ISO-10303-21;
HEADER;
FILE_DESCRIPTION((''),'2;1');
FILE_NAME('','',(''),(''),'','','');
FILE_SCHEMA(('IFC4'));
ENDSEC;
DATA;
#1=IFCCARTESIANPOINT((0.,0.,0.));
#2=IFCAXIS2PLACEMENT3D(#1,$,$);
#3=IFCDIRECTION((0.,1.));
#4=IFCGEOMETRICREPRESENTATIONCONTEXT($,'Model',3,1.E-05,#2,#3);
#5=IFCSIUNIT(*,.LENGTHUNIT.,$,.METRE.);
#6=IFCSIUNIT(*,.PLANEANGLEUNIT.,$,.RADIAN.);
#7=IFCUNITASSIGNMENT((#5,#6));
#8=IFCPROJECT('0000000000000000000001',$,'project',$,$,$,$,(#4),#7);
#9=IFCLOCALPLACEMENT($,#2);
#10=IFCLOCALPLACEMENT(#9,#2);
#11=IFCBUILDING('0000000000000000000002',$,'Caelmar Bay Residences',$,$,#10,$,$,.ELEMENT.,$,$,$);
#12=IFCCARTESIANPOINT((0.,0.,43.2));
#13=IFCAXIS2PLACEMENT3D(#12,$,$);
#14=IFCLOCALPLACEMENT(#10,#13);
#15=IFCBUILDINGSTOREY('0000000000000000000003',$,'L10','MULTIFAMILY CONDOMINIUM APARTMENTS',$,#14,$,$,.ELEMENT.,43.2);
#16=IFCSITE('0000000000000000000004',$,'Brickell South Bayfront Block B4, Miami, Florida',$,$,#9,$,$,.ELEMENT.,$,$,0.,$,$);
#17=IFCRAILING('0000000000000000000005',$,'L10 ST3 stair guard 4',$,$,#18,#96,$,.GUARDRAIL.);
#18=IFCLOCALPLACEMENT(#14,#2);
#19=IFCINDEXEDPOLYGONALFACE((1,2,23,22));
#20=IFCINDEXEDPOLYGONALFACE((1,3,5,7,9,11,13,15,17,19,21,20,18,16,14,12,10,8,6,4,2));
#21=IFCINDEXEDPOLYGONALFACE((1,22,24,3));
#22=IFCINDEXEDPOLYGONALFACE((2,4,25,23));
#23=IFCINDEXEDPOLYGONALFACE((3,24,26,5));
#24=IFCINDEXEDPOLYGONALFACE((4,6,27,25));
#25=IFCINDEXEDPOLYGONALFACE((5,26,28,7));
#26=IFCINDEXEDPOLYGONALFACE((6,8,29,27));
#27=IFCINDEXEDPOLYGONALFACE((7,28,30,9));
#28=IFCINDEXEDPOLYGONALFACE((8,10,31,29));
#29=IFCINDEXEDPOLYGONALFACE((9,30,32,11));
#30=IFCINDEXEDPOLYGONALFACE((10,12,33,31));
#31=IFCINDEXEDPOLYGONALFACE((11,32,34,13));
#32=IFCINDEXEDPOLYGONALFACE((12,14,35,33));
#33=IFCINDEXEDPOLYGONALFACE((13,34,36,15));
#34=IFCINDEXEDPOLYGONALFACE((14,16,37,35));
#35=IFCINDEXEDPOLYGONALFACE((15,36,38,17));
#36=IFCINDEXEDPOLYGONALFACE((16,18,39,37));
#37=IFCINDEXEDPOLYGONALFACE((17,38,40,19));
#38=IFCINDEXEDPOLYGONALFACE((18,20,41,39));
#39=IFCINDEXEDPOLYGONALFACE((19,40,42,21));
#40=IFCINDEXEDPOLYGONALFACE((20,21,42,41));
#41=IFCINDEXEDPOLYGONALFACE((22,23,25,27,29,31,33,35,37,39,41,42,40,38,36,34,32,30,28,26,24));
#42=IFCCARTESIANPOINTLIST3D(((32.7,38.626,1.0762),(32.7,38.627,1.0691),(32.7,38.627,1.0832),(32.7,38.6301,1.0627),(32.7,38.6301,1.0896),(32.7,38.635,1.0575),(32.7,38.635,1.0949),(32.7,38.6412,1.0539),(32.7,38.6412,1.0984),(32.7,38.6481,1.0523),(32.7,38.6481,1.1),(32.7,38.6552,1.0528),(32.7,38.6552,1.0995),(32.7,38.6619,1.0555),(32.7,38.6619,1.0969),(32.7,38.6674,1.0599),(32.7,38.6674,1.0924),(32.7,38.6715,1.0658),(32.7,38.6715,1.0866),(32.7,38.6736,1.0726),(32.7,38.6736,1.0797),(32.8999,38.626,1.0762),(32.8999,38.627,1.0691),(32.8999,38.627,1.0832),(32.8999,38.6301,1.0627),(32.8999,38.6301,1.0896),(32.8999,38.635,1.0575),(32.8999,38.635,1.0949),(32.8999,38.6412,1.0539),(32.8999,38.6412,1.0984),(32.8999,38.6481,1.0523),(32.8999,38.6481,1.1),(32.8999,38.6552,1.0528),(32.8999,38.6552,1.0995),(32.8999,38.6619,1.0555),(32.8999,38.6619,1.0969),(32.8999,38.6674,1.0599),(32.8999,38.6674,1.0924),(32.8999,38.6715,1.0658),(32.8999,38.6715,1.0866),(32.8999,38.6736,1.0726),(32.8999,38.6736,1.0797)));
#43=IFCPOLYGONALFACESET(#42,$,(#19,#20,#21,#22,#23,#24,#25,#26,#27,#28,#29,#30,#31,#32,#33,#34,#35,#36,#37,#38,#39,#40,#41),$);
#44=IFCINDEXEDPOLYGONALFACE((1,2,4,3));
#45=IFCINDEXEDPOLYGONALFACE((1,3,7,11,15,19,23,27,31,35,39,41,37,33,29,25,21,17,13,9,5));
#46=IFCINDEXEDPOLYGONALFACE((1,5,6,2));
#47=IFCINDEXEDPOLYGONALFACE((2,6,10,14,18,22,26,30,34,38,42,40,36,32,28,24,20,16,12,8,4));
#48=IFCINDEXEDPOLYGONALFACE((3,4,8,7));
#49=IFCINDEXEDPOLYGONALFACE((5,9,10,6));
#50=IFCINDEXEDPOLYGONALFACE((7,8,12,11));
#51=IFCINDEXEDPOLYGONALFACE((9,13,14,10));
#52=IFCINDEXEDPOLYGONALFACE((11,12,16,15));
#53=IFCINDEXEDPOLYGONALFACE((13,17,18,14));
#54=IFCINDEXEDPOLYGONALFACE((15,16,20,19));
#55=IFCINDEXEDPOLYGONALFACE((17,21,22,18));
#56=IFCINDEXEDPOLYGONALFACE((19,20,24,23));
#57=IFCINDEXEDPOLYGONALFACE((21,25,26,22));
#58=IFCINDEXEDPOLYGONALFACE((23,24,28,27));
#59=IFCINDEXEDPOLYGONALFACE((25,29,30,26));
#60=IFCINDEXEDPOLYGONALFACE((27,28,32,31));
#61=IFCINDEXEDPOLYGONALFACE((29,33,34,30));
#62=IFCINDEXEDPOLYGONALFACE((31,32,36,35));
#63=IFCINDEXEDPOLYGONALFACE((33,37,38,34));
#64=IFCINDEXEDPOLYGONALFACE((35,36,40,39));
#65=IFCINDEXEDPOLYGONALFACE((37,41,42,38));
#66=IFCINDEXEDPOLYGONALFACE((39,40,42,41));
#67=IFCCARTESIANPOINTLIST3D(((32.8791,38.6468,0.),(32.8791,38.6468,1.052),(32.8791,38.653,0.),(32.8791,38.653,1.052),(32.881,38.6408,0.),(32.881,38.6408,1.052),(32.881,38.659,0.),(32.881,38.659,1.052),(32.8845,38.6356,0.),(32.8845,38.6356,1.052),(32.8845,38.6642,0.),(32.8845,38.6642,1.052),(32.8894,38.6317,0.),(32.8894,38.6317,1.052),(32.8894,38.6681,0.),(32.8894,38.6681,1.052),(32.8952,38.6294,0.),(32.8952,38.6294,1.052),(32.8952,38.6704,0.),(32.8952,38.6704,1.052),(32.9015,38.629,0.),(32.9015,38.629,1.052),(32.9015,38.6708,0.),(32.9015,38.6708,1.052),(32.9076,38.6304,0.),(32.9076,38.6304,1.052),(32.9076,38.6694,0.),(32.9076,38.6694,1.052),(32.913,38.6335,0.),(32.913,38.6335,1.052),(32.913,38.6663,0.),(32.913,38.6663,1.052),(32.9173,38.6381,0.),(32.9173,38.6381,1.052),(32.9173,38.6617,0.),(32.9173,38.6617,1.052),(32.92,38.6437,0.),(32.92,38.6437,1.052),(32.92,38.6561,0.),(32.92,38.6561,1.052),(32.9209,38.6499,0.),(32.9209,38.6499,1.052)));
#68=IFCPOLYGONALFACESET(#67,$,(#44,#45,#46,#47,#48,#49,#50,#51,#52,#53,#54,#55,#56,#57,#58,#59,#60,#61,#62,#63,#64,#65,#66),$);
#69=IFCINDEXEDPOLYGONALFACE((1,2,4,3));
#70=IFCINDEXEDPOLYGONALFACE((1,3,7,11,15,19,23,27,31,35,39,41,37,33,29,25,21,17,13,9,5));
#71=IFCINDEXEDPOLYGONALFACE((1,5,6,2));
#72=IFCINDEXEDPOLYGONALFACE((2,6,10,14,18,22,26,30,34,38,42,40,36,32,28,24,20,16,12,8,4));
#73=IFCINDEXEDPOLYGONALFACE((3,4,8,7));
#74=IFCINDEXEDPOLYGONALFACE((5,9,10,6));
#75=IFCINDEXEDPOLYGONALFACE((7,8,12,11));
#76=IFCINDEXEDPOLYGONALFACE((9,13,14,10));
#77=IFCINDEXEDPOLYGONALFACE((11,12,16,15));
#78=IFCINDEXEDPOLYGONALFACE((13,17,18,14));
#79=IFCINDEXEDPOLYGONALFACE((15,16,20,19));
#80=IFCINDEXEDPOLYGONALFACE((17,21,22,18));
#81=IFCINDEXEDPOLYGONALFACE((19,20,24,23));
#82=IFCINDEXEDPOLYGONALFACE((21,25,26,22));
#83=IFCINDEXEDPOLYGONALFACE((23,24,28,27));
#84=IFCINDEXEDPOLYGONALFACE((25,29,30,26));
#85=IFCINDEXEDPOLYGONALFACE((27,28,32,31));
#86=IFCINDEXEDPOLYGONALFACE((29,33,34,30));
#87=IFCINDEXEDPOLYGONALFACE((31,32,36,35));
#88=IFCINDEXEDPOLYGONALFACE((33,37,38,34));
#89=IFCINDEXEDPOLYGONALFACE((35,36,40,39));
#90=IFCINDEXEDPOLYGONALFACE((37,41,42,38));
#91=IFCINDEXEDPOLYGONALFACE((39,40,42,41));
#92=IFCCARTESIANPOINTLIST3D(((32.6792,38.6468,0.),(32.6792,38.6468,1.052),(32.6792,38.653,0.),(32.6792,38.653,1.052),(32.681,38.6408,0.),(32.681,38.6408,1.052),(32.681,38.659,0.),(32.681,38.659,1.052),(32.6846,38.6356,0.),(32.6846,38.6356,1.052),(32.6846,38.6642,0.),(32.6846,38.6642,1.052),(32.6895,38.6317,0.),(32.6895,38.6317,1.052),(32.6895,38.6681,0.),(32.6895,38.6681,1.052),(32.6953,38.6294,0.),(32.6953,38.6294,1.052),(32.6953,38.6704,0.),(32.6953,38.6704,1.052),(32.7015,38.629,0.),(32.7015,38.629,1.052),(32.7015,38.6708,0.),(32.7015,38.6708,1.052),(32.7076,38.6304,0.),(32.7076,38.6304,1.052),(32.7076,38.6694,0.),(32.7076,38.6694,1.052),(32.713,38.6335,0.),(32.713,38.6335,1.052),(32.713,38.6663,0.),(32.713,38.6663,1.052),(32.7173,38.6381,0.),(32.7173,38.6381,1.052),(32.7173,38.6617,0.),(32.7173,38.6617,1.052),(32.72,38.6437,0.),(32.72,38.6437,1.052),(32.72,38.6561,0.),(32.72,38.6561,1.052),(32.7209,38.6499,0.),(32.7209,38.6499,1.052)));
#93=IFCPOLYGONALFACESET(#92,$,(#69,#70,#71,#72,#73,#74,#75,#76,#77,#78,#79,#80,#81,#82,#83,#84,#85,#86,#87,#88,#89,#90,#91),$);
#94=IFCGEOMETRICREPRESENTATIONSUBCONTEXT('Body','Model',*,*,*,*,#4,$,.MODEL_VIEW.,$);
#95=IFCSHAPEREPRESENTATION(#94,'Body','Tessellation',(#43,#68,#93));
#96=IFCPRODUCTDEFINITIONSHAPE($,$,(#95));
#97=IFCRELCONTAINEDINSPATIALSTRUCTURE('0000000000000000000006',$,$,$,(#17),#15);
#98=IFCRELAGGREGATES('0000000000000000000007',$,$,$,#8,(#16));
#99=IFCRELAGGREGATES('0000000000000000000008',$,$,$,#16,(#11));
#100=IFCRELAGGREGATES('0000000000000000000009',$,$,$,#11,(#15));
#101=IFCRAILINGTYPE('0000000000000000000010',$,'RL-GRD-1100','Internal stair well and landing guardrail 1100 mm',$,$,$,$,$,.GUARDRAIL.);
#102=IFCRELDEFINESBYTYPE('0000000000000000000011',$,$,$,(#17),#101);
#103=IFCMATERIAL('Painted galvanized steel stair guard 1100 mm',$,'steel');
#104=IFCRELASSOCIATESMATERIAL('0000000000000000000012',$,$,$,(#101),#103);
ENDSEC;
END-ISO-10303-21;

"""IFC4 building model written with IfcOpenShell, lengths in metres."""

from ifc_helpers import new_model, si_unit, direction, frame, origin, origin_2d, place, context, subcontext, project, spatial, circle, extrude, material, type_object, element, save


model = new_model("IFC4")

# Units and contexts
model_context = context("Model", 3, precision=1e-05, world=origin(), true_north=direction((0.0, 1.0)))
body_context = subcontext(model_context, "Body", "Model", "MODEL_VIEW")
ifc_project = project(units=[si_unit("LENGTHUNIT", "METRE"), si_unit("PLANEANGLEUNIT", "RADIAN")], contexts=[model_context])

# Site, building, storey
site_placement = place(None, origin())
site = spatial("IfcSite", under=ifc_project, at=site_placement, Name="Brickell South Bayfront Block B4, Miami, Florida", CompositionType="ELEMENT", RefElevation=0.0)
building_placement = place(site_placement, origin())
building = spatial("IfcBuilding", under=site, at=building_placement, Name="Caelmar Bay Residences", CompositionType="ELEMENT")
storey_placement = place(building_placement, frame((0.0, 0.0, 43.2)))
storey = spatial("IfcBuildingStorey", under=building, at=storey_placement, Name="L10", Description="MULTIFAMILY CONDOMINIUM APARTMENTS", CompositionType="ELEMENT", Elevation=43.2)

# Railing
ifc_material_1 = material(Name="Painted galvanized steel stair guard 1100 mm", Category="steel")
railing_type_1 = type_object("IfcRailingType", Name="RL-GRD-1100", Description="Internal stair well and landing guardrail 1100 mm", PredefinedType="GUARDRAIL", material=ifc_material_1)
railing_1_placement = place(storey_placement, frame((32.8999, 38.6499, 0.0)))
element("IfcRailing", 1, at=railing_1_placement, inside=storey, type_object=railing_type_1, Name="L10 ST3 stair guard 4", PredefinedType="GUARDRAIL", context=body_context, shape_type="SweptSolid", body=[
    extrude(circle(Radius=0.0239, at=origin_2d()), frame((0.0, 0.0, 1.0762), z_axis=(-1.0, 0.0, 0.0), x_axis=(0.0, -1.0, 0.0)), (0.0, 0.0, 1.0), 0.2),
    extrude(circle(Radius=0.021, at=origin_2d()), origin(), (0.0, 0.0, 1.0), 1.052),
    extrude(circle(Radius=0.021, at=origin_2d()), frame((-0.2, 0.0, 0.0)), (0.0, 0.0, 1.0), 1.052),
])

save(model, "model.ifc")
